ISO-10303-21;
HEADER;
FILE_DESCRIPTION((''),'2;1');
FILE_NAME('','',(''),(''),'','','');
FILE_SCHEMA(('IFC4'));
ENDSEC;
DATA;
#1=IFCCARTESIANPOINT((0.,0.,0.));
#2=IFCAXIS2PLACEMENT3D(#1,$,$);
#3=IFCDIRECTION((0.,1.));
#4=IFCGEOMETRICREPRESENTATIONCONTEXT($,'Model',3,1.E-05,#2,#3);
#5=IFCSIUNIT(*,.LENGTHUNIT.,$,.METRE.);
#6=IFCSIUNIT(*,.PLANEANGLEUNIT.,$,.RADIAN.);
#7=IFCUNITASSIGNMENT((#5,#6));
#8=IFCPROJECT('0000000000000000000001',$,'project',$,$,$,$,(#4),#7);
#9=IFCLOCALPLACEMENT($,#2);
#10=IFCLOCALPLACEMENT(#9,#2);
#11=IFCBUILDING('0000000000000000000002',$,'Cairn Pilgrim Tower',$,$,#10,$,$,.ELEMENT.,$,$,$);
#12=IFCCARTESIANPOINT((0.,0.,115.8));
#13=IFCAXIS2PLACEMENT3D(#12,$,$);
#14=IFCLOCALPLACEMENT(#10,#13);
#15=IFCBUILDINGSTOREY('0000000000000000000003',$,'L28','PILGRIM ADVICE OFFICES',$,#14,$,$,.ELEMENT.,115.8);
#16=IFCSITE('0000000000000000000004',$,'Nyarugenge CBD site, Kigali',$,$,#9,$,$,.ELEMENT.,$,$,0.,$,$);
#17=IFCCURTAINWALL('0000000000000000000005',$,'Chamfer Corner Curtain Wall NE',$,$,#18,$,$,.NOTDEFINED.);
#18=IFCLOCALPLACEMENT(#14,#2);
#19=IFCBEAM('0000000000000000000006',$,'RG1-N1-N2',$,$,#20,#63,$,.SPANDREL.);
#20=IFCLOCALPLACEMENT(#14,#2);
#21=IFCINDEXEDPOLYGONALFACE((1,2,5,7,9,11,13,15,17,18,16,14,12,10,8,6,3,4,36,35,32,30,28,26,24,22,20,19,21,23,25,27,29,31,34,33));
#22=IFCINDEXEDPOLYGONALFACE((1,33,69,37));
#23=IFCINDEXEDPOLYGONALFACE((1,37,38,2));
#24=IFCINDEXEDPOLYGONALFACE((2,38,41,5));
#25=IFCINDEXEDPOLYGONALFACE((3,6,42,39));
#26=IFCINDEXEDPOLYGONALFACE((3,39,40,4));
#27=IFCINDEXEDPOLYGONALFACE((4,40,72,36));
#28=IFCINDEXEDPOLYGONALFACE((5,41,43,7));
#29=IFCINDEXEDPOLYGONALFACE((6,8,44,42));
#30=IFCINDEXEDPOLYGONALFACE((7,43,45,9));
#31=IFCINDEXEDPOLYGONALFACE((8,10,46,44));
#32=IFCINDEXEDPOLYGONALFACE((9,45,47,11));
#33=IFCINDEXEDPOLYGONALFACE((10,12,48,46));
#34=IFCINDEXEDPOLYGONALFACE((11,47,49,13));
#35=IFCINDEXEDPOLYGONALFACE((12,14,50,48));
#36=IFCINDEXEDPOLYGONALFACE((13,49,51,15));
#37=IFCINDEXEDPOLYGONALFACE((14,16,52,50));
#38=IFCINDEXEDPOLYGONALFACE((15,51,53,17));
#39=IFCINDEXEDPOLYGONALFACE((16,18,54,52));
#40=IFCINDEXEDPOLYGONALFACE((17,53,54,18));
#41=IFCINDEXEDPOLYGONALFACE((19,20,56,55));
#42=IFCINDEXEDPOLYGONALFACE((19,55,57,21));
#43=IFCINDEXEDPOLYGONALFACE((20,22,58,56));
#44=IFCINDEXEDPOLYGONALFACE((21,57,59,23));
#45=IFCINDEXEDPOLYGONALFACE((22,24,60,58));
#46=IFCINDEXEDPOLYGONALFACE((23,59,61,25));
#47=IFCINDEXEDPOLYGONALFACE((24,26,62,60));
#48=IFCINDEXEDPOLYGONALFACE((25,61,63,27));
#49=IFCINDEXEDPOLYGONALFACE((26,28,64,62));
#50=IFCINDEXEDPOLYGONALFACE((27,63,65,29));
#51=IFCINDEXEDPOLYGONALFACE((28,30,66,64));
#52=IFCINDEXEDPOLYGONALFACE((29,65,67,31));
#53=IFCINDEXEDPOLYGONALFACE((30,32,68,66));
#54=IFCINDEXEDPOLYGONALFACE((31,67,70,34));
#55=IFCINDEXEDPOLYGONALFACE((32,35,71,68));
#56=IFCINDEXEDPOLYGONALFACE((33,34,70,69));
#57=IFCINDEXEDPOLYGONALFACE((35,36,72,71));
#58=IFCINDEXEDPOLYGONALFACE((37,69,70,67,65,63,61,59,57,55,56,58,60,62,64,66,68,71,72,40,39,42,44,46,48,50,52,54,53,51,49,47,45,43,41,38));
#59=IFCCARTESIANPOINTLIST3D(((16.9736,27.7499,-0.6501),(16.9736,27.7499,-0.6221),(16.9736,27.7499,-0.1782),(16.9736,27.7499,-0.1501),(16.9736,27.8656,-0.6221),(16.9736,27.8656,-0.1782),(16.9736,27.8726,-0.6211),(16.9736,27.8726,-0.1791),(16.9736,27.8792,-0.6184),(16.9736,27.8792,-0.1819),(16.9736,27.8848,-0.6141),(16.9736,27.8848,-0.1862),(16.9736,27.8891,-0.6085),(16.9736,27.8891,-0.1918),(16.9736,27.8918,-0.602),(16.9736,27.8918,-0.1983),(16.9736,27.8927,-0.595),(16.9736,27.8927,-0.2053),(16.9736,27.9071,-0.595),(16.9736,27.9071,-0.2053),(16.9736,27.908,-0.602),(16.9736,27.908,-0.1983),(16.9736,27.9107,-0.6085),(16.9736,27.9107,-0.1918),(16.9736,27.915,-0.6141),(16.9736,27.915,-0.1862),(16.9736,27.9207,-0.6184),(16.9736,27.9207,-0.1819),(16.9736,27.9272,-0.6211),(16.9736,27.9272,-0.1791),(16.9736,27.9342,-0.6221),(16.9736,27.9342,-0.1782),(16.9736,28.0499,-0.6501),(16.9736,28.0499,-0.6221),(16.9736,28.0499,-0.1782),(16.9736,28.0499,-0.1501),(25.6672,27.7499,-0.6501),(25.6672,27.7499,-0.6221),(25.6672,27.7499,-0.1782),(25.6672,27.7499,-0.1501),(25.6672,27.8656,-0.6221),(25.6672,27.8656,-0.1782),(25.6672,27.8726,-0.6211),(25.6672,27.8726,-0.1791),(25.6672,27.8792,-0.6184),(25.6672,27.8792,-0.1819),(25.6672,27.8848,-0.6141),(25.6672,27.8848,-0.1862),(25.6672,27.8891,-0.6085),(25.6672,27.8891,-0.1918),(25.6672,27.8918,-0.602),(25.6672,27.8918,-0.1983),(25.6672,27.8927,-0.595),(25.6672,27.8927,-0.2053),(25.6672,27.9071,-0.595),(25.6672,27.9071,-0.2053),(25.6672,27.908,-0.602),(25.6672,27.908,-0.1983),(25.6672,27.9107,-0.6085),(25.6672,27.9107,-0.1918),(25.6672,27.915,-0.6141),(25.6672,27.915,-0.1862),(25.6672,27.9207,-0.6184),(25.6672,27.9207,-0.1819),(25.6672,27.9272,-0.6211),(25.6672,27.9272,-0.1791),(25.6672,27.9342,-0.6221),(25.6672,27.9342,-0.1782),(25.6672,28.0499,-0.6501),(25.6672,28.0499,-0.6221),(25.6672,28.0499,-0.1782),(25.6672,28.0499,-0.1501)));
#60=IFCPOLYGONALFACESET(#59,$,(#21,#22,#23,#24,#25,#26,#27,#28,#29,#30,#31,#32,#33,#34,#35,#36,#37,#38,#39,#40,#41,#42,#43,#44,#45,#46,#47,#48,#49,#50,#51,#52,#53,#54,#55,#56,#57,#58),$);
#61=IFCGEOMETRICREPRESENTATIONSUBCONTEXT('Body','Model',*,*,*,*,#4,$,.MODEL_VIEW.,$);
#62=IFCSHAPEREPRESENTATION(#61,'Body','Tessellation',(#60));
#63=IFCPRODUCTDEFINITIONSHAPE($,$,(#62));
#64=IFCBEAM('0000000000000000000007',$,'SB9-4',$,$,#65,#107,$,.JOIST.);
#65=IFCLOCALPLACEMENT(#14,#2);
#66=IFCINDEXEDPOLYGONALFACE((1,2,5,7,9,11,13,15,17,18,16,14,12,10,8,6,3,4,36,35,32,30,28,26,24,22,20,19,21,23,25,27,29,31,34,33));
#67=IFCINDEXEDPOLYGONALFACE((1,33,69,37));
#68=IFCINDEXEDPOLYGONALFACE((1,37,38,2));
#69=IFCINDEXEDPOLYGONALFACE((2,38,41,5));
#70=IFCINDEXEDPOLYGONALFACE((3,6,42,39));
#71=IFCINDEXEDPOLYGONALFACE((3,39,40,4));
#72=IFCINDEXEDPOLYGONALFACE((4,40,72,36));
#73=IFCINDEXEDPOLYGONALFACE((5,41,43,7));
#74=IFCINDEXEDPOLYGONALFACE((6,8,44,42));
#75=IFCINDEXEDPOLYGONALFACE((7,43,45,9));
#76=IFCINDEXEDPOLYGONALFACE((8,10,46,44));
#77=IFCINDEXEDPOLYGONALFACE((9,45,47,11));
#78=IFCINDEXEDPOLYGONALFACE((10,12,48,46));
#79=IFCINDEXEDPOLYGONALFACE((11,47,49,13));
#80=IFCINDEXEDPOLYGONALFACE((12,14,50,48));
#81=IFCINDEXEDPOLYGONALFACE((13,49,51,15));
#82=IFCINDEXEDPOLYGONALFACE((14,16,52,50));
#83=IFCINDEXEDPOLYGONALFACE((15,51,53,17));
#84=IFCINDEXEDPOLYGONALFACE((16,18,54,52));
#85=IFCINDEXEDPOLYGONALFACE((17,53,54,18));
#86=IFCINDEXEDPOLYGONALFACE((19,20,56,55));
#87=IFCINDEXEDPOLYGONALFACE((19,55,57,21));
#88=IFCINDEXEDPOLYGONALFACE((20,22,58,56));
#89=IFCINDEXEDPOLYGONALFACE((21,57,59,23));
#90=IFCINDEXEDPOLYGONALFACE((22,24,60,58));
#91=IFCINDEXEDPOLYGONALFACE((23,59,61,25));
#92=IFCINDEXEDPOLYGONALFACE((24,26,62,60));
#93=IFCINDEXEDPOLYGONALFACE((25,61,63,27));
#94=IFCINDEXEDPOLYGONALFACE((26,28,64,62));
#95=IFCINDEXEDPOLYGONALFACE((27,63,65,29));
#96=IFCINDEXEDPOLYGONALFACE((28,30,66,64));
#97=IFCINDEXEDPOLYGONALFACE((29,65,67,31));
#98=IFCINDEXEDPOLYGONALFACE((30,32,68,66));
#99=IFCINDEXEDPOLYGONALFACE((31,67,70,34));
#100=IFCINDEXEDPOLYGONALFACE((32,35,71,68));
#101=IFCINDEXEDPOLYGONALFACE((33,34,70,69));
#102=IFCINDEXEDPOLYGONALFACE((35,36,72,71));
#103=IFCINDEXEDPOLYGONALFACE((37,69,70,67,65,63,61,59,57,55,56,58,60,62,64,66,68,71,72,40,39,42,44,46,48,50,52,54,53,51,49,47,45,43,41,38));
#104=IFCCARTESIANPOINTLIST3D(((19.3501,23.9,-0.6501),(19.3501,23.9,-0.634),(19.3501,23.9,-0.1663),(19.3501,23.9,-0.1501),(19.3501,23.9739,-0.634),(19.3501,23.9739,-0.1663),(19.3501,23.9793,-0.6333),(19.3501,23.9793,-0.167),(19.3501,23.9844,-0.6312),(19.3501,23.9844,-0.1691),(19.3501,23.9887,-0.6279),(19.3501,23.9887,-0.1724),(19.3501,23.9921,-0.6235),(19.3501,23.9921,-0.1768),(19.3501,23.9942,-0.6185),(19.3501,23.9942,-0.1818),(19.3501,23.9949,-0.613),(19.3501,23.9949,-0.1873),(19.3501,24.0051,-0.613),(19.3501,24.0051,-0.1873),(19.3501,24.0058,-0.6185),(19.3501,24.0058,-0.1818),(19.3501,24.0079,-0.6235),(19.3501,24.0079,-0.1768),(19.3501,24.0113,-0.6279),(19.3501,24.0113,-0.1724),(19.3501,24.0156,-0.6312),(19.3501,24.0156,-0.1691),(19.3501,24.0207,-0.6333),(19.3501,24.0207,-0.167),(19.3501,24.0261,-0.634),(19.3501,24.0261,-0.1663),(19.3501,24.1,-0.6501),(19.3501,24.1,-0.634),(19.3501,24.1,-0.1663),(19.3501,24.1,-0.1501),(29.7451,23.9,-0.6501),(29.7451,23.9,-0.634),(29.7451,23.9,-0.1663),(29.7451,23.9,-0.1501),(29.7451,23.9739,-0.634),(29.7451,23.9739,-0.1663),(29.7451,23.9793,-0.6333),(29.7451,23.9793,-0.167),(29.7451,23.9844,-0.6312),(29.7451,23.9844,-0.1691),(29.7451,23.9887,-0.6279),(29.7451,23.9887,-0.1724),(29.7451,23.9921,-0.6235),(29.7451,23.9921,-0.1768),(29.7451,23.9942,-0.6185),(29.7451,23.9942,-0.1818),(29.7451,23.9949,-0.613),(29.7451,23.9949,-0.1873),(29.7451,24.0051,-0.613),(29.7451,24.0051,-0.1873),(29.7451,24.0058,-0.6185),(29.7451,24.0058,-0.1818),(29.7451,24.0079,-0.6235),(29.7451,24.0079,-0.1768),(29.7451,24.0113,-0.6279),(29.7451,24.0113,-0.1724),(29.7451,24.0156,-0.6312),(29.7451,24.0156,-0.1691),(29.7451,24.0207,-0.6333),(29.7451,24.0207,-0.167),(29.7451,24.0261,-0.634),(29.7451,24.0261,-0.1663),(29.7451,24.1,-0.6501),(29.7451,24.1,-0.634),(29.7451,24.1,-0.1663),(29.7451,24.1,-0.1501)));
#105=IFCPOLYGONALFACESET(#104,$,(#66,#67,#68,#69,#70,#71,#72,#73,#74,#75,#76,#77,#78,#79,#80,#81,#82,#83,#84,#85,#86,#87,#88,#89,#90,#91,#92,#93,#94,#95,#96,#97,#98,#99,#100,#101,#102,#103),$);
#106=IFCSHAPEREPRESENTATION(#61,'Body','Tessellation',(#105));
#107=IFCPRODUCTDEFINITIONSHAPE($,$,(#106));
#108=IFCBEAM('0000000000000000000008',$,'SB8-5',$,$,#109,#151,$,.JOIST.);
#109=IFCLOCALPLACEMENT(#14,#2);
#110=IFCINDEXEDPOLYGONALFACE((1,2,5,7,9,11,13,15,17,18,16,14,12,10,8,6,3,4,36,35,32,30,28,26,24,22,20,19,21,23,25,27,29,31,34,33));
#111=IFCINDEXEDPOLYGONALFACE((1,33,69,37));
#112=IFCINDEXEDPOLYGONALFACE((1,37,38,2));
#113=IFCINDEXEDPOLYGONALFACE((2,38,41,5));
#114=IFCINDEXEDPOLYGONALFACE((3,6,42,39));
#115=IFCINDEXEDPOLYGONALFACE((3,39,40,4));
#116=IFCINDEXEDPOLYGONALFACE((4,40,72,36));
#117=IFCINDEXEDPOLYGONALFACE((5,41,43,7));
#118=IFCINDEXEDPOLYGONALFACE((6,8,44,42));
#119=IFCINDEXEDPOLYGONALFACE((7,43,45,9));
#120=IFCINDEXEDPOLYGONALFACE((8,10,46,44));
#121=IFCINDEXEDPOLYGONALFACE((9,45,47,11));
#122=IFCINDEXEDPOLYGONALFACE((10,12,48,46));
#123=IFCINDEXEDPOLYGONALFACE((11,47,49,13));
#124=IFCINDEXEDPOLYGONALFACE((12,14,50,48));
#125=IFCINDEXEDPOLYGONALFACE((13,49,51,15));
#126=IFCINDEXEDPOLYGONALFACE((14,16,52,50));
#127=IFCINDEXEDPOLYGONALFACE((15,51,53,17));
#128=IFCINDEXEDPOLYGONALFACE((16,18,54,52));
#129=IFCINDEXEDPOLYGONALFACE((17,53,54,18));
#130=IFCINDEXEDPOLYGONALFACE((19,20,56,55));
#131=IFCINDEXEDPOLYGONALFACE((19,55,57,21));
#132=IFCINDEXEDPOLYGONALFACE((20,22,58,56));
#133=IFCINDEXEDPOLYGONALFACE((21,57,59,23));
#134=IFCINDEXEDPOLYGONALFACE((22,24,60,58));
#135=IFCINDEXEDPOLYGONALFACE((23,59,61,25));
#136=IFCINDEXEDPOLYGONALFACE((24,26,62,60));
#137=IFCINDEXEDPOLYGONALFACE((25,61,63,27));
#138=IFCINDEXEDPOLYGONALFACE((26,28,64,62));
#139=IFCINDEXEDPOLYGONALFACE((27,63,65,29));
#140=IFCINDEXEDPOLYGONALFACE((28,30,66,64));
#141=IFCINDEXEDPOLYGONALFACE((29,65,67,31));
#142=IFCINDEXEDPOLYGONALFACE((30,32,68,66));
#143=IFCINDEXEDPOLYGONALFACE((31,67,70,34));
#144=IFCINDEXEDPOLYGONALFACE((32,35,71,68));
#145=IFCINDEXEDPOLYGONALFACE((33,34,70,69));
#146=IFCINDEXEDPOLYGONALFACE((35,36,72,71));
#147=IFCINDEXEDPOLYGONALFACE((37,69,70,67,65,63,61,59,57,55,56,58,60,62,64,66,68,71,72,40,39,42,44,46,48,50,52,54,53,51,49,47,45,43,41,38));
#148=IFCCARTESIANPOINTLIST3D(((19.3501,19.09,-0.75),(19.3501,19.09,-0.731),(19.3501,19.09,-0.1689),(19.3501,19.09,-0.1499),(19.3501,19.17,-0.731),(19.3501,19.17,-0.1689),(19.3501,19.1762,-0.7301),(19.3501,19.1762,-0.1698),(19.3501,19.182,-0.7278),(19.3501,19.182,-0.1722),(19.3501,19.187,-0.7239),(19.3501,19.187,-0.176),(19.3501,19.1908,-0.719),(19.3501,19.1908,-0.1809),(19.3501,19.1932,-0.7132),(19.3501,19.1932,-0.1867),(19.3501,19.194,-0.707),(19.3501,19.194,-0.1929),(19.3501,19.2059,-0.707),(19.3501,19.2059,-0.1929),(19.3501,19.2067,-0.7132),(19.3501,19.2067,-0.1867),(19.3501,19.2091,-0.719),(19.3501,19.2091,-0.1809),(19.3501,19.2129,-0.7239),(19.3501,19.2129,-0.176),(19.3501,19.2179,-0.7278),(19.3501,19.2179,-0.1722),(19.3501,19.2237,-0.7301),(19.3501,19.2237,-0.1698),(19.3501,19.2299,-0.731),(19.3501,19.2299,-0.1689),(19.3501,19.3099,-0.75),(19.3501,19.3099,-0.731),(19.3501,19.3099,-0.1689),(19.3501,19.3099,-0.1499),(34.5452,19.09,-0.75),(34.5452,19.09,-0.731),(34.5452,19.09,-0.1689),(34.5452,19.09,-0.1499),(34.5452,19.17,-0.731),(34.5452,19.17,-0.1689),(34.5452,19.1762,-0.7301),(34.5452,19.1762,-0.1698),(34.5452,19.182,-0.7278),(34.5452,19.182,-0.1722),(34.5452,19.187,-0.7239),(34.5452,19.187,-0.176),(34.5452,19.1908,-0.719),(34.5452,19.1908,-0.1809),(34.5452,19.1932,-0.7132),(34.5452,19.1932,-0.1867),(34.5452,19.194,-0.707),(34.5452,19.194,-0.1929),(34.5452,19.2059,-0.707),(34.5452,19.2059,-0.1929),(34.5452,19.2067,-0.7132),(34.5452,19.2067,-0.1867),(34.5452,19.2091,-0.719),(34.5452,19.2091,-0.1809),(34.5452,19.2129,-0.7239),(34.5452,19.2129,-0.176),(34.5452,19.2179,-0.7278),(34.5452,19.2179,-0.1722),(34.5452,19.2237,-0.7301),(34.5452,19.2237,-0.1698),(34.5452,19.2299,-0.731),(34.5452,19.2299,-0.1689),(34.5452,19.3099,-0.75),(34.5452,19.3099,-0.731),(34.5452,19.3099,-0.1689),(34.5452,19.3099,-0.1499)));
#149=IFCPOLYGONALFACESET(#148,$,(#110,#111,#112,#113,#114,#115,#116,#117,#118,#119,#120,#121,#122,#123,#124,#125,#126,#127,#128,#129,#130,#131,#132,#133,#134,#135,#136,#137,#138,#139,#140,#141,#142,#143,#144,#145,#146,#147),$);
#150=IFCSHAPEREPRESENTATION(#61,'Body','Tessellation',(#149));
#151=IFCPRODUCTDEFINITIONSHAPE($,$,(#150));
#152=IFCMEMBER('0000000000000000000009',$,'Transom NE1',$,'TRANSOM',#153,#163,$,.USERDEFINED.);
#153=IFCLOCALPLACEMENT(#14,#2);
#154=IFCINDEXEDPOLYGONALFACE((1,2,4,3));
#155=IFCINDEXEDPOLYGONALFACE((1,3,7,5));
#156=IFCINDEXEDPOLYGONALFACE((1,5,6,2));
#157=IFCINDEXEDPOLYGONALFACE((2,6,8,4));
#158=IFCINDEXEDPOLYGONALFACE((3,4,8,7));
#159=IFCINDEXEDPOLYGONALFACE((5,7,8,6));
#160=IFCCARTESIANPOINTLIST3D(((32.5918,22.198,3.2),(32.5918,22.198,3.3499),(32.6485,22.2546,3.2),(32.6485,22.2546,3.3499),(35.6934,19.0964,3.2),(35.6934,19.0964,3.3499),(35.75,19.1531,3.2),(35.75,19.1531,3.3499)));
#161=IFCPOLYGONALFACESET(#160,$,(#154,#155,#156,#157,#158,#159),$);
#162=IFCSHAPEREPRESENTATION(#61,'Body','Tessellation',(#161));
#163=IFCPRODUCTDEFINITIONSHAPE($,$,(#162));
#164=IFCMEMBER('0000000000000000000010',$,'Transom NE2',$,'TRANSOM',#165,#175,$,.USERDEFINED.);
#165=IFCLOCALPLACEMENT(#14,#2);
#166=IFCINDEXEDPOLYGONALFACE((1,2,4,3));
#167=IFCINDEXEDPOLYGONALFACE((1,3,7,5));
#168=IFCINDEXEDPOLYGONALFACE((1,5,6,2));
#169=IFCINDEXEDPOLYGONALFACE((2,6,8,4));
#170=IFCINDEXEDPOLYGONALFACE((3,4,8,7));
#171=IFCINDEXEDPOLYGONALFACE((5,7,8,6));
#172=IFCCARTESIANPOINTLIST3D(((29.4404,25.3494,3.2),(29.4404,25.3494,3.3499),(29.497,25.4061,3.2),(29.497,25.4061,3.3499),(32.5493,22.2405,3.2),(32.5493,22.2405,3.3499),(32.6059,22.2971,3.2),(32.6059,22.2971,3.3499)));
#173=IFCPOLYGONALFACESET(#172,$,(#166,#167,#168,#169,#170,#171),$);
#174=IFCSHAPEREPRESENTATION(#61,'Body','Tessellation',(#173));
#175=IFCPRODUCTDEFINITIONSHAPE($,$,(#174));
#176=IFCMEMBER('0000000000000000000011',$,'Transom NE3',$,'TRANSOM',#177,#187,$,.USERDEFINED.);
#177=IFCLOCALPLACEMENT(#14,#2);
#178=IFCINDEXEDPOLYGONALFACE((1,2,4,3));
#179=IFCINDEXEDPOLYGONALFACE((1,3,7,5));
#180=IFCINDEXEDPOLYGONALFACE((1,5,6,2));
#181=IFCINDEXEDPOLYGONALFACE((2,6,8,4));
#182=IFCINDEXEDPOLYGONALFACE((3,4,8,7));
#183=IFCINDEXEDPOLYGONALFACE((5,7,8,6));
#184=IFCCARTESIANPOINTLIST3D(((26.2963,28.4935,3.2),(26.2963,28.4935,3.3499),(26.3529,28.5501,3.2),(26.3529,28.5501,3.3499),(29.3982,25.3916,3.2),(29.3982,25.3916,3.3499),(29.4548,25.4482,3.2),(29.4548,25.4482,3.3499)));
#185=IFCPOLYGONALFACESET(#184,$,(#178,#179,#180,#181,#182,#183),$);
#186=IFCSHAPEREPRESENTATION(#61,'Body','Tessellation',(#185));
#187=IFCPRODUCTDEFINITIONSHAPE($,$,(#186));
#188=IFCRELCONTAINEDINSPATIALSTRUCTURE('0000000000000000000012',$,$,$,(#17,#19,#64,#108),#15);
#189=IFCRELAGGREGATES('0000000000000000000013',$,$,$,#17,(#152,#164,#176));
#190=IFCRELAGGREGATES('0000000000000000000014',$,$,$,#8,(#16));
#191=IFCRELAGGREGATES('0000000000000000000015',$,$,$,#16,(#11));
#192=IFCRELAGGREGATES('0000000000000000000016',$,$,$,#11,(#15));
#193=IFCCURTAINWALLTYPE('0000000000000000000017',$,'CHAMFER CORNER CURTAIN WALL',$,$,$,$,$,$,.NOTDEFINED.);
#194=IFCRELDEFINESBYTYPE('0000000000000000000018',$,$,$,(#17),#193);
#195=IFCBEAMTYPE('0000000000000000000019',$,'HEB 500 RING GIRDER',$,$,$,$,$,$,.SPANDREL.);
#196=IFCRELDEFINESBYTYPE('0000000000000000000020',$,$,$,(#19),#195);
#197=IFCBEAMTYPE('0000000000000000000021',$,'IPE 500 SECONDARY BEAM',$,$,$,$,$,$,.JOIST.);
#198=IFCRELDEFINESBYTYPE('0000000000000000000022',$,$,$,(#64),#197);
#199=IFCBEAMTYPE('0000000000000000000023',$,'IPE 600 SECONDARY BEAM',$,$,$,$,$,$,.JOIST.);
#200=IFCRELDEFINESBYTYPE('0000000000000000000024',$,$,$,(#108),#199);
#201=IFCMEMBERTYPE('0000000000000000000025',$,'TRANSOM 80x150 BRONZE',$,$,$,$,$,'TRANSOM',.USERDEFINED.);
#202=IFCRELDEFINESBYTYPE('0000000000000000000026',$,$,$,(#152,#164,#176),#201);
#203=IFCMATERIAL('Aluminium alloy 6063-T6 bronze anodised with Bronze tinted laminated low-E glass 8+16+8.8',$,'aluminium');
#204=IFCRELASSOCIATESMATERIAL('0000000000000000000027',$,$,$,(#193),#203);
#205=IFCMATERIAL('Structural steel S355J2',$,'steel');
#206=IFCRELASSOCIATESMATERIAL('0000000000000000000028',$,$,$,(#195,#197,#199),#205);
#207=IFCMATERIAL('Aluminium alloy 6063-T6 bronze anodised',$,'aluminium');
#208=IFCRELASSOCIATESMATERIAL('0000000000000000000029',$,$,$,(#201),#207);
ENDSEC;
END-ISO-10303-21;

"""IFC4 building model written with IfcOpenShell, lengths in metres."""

from ifc_helpers import new_model, si_unit, direction, frame, origin, origin_2d, place, context, subcontext, project, spatial, rectangle, i_section, extrude, material, material_profile, profile_set, type_object, element, aggregate, save


model = new_model("IFC4")

# Units and contexts
model_context = context("Model", 3, precision=1e-05, world=origin(), true_north=direction((0.0, 1.0)))
body_context = subcontext(model_context, "Body", "Model", "MODEL_VIEW")
ifc_project = project(units=[si_unit("LENGTHUNIT", "METRE"), si_unit("PLANEANGLEUNIT", "RADIAN")], contexts=[model_context])

# Site, building, storey
site_placement = place(None, origin())
site = spatial("IfcSite", under=ifc_project, at=site_placement, Name="Nyarugenge CBD site, Kigali", CompositionType="ELEMENT", RefElevation=0.0)
building_placement = place(site_placement, origin())
building = spatial("IfcBuilding", under=site, at=building_placement, Name="Cairn Pilgrim Tower", CompositionType="ELEMENT")
storey_placement = place(building_placement, frame((0.0, 0.0, 115.8)))
storey = spatial("IfcBuildingStorey", under=building, at=storey_placement, Name="L28", Description="PILGRIM ADVICE OFFICES", CompositionType="ELEMENT", Elevation=115.8)

# Shared definitions
ifc_material_1 = material(Name="Structural steel S355J2", Category="steel")

# Curtain wall
ifc_material_2 = material(Name="Aluminium alloy 6063-T6 bronze anodised with Bronze tinted laminated low-E glass 8+16+8.8", Category="aluminium")
curtain_wall_type_1 = type_object("IfcCurtainWallType", Name="CHAMFER CORNER CURTAIN WALL", PredefinedType="NOTDEFINED", material=ifc_material_2)
curtain_wall_1_placement = place(storey_placement, origin())
curtain_wall_1 = element("IfcCurtainWall", 1, at=curtain_wall_1_placement, inside=storey, type_object=curtain_wall_type_1, Name="Chamfer Corner Curtain Wall NE", PredefinedType="NOTDEFINED")
ifc_material_3 = material(Name="Aluminium alloy 6063-T6 bronze anodised", Category="aluminium")

# Beams
ifc_material_profile_1 = material_profile(ifc_material_1, i_section(OverallWidth=0.3, OverallDepth=0.5, WebThickness=0.0144, FlangeThickness=0.0281, FilletRadius=0.0271, at=origin_2d()), Name="HEB 500")
ifc_profile_set_1 = profile_set([ifc_material_profile_1], Name="Structural steel S355J2")
beam_type_1 = type_object("IfcBeamType", Name="HEB 500 RING GIRDER", PredefinedType="SPANDREL", material=ifc_profile_set_1)
beam_1_placement = place(storey_placement, frame((25.6672, 27.8999, -0.4001), z_axis=(-1.0, 0.0, 0.0), x_axis=(0.0, -1.0, 0.0)))
element("IfcBeam", 2, at=beam_1_placement, inside=storey, type_object=beam_type_1, Name="RG1-N1-N2", PredefinedType="SPANDREL", context=body_context, shape_type="SweptSolid", body=[
    extrude(i_section(OverallWidth=0.3, OverallDepth=0.5, WebThickness=0.0144, FlangeThickness=0.0281, FilletRadius=0.0271, at=origin_2d()), origin(), (0.0, 0.0, 1.0), 8.6936),
])
ifc_material_profile_2 = material_profile(ifc_material_1, i_section(OverallWidth=0.2, OverallDepth=0.5, WebThickness=0.0103, FlangeThickness=0.0161, FilletRadius=0.021, at=origin_2d()), Name="IPE 500")
ifc_profile_set_2 = profile_set([ifc_material_profile_2], Name="Structural steel S355J2")
beam_type_2 = type_object("IfcBeamType", Name="IPE 500 SECONDARY BEAM", PredefinedType="JOIST", material=ifc_profile_set_2)
beam_2_placement = place(storey_placement, frame((19.3501, 24.0, -0.4001), z_axis=(1.0, 0.0, 0.0), x_axis=(0.0, 1.0, 0.0)))
element("IfcBeam", 3, at=beam_2_placement, inside=storey, type_object=beam_type_2, Name="SB9-4", PredefinedType="JOIST", context=body_context, shape_type="SweptSolid", body=[
    extrude(i_section(OverallWidth=0.2, OverallDepth=0.5, WebThickness=0.0103, FlangeThickness=0.0161, FilletRadius=0.021, at=origin_2d()), origin(), (0.0, 0.0, 1.0), 10.395),
])
ifc_material_profile_3 = material_profile(ifc_material_1, i_section(OverallWidth=0.22, OverallDepth=0.6001, WebThickness=0.012, FlangeThickness=0.019, FilletRadius=0.0239, at=origin_2d()), Name="IPE 600")
ifc_profile_set_3 = profile_set([ifc_material_profile_3], Name="Structural steel S355J2")
beam_type_3 = type_object("IfcBeamType", Name="IPE 600 SECONDARY BEAM", PredefinedType="JOIST", material=ifc_profile_set_3)
beam_3_placement = place(storey_placement, frame((19.3501, 19.2, -0.45), z_axis=(1.0, 0.0, 0.0), x_axis=(0.0, 1.0, 0.0)))
element("IfcBeam", 4, at=beam_3_placement, inside=storey, type_object=beam_type_3, Name="SB8-5", PredefinedType="JOIST", context=body_context, shape_type="SweptSolid", body=[
    extrude(i_section(OverallWidth=0.22, OverallDepth=0.6001, WebThickness=0.012, FlangeThickness=0.019, FilletRadius=0.0239, at=origin_2d()), origin(), (0.0, 0.0, 1.0), 15.1951),
])

# Members
ifc_material_profile_4 = material_profile(ifc_material_3, rectangle(XDim=0.0801, YDim=0.1499, at=origin_2d()), Name="TRANSOM 80x150 BRONZE")
ifc_profile_set_4 = profile_set([ifc_material_profile_4], Name="Aluminium alloy 6063-T6 bronze anodised")
member_type_1 = type_object("IfcMemberType", Name="TRANSOM 80x150 BRONZE", ElementType="TRANSOM", PredefinedType="USERDEFINED", material=ifc_profile_set_4)
member_1_placement = place(storey_placement, frame((35.7217, 19.1248, 3.2749), z_axis=(-0.707107, 0.707107, 0.0), x_axis=(-0.707107, -0.707107, 0.0)))
member_1 = element("IfcMember", 5, at=member_1_placement, type_object=member_type_1, Name="Transom NE1", ObjectType="TRANSOM", PredefinedType="USERDEFINED", context=body_context, shape_type="SweptSolid", body=[
    extrude(rectangle(XDim=0.0801, YDim=0.1499, at=origin_2d()), origin(), (0.0, 0.0, 1.0), 4.3862),
])
member_2_placement = place(storey_placement, frame((32.5776, 22.2688, 3.2749), z_axis=(-0.707107, 0.707107, 0.0), x_axis=(-0.707107, -0.707107, 0.0)))
member_2 = element("IfcMember", 6, at=member_2_placement, type_object=member_type_1, Name="Transom NE2", ObjectType="TRANSOM", PredefinedType="USERDEFINED", context=body_context, shape_type="SweptSolid", body=[
    extrude(rectangle(XDim=0.0801, YDim=0.1499, at=origin_2d()), origin(), (0.0, 0.0, 1.0), 4.3967),
])
member_3_placement = place(storey_placement, frame((29.4265, 25.4199, 3.2749), z_axis=(-0.707107, 0.707107, 0.0), x_axis=(-0.707107, -0.707107, 0.0)))
member_3 = element("IfcMember", 7, at=member_3_placement, type_object=member_type_1, Name="Transom NE3", ObjectType="TRANSOM", PredefinedType="USERDEFINED", context=body_context, shape_type="SweptSolid", body=[
    extrude(rectangle(XDim=0.0801, YDim=0.1499, at=origin_2d()), origin(), (0.0, 0.0, 1.0), 4.3867),
])

aggregate(curtain_wall_1, [member_1, member_2, member_3])

save(model, "model.ifc")
